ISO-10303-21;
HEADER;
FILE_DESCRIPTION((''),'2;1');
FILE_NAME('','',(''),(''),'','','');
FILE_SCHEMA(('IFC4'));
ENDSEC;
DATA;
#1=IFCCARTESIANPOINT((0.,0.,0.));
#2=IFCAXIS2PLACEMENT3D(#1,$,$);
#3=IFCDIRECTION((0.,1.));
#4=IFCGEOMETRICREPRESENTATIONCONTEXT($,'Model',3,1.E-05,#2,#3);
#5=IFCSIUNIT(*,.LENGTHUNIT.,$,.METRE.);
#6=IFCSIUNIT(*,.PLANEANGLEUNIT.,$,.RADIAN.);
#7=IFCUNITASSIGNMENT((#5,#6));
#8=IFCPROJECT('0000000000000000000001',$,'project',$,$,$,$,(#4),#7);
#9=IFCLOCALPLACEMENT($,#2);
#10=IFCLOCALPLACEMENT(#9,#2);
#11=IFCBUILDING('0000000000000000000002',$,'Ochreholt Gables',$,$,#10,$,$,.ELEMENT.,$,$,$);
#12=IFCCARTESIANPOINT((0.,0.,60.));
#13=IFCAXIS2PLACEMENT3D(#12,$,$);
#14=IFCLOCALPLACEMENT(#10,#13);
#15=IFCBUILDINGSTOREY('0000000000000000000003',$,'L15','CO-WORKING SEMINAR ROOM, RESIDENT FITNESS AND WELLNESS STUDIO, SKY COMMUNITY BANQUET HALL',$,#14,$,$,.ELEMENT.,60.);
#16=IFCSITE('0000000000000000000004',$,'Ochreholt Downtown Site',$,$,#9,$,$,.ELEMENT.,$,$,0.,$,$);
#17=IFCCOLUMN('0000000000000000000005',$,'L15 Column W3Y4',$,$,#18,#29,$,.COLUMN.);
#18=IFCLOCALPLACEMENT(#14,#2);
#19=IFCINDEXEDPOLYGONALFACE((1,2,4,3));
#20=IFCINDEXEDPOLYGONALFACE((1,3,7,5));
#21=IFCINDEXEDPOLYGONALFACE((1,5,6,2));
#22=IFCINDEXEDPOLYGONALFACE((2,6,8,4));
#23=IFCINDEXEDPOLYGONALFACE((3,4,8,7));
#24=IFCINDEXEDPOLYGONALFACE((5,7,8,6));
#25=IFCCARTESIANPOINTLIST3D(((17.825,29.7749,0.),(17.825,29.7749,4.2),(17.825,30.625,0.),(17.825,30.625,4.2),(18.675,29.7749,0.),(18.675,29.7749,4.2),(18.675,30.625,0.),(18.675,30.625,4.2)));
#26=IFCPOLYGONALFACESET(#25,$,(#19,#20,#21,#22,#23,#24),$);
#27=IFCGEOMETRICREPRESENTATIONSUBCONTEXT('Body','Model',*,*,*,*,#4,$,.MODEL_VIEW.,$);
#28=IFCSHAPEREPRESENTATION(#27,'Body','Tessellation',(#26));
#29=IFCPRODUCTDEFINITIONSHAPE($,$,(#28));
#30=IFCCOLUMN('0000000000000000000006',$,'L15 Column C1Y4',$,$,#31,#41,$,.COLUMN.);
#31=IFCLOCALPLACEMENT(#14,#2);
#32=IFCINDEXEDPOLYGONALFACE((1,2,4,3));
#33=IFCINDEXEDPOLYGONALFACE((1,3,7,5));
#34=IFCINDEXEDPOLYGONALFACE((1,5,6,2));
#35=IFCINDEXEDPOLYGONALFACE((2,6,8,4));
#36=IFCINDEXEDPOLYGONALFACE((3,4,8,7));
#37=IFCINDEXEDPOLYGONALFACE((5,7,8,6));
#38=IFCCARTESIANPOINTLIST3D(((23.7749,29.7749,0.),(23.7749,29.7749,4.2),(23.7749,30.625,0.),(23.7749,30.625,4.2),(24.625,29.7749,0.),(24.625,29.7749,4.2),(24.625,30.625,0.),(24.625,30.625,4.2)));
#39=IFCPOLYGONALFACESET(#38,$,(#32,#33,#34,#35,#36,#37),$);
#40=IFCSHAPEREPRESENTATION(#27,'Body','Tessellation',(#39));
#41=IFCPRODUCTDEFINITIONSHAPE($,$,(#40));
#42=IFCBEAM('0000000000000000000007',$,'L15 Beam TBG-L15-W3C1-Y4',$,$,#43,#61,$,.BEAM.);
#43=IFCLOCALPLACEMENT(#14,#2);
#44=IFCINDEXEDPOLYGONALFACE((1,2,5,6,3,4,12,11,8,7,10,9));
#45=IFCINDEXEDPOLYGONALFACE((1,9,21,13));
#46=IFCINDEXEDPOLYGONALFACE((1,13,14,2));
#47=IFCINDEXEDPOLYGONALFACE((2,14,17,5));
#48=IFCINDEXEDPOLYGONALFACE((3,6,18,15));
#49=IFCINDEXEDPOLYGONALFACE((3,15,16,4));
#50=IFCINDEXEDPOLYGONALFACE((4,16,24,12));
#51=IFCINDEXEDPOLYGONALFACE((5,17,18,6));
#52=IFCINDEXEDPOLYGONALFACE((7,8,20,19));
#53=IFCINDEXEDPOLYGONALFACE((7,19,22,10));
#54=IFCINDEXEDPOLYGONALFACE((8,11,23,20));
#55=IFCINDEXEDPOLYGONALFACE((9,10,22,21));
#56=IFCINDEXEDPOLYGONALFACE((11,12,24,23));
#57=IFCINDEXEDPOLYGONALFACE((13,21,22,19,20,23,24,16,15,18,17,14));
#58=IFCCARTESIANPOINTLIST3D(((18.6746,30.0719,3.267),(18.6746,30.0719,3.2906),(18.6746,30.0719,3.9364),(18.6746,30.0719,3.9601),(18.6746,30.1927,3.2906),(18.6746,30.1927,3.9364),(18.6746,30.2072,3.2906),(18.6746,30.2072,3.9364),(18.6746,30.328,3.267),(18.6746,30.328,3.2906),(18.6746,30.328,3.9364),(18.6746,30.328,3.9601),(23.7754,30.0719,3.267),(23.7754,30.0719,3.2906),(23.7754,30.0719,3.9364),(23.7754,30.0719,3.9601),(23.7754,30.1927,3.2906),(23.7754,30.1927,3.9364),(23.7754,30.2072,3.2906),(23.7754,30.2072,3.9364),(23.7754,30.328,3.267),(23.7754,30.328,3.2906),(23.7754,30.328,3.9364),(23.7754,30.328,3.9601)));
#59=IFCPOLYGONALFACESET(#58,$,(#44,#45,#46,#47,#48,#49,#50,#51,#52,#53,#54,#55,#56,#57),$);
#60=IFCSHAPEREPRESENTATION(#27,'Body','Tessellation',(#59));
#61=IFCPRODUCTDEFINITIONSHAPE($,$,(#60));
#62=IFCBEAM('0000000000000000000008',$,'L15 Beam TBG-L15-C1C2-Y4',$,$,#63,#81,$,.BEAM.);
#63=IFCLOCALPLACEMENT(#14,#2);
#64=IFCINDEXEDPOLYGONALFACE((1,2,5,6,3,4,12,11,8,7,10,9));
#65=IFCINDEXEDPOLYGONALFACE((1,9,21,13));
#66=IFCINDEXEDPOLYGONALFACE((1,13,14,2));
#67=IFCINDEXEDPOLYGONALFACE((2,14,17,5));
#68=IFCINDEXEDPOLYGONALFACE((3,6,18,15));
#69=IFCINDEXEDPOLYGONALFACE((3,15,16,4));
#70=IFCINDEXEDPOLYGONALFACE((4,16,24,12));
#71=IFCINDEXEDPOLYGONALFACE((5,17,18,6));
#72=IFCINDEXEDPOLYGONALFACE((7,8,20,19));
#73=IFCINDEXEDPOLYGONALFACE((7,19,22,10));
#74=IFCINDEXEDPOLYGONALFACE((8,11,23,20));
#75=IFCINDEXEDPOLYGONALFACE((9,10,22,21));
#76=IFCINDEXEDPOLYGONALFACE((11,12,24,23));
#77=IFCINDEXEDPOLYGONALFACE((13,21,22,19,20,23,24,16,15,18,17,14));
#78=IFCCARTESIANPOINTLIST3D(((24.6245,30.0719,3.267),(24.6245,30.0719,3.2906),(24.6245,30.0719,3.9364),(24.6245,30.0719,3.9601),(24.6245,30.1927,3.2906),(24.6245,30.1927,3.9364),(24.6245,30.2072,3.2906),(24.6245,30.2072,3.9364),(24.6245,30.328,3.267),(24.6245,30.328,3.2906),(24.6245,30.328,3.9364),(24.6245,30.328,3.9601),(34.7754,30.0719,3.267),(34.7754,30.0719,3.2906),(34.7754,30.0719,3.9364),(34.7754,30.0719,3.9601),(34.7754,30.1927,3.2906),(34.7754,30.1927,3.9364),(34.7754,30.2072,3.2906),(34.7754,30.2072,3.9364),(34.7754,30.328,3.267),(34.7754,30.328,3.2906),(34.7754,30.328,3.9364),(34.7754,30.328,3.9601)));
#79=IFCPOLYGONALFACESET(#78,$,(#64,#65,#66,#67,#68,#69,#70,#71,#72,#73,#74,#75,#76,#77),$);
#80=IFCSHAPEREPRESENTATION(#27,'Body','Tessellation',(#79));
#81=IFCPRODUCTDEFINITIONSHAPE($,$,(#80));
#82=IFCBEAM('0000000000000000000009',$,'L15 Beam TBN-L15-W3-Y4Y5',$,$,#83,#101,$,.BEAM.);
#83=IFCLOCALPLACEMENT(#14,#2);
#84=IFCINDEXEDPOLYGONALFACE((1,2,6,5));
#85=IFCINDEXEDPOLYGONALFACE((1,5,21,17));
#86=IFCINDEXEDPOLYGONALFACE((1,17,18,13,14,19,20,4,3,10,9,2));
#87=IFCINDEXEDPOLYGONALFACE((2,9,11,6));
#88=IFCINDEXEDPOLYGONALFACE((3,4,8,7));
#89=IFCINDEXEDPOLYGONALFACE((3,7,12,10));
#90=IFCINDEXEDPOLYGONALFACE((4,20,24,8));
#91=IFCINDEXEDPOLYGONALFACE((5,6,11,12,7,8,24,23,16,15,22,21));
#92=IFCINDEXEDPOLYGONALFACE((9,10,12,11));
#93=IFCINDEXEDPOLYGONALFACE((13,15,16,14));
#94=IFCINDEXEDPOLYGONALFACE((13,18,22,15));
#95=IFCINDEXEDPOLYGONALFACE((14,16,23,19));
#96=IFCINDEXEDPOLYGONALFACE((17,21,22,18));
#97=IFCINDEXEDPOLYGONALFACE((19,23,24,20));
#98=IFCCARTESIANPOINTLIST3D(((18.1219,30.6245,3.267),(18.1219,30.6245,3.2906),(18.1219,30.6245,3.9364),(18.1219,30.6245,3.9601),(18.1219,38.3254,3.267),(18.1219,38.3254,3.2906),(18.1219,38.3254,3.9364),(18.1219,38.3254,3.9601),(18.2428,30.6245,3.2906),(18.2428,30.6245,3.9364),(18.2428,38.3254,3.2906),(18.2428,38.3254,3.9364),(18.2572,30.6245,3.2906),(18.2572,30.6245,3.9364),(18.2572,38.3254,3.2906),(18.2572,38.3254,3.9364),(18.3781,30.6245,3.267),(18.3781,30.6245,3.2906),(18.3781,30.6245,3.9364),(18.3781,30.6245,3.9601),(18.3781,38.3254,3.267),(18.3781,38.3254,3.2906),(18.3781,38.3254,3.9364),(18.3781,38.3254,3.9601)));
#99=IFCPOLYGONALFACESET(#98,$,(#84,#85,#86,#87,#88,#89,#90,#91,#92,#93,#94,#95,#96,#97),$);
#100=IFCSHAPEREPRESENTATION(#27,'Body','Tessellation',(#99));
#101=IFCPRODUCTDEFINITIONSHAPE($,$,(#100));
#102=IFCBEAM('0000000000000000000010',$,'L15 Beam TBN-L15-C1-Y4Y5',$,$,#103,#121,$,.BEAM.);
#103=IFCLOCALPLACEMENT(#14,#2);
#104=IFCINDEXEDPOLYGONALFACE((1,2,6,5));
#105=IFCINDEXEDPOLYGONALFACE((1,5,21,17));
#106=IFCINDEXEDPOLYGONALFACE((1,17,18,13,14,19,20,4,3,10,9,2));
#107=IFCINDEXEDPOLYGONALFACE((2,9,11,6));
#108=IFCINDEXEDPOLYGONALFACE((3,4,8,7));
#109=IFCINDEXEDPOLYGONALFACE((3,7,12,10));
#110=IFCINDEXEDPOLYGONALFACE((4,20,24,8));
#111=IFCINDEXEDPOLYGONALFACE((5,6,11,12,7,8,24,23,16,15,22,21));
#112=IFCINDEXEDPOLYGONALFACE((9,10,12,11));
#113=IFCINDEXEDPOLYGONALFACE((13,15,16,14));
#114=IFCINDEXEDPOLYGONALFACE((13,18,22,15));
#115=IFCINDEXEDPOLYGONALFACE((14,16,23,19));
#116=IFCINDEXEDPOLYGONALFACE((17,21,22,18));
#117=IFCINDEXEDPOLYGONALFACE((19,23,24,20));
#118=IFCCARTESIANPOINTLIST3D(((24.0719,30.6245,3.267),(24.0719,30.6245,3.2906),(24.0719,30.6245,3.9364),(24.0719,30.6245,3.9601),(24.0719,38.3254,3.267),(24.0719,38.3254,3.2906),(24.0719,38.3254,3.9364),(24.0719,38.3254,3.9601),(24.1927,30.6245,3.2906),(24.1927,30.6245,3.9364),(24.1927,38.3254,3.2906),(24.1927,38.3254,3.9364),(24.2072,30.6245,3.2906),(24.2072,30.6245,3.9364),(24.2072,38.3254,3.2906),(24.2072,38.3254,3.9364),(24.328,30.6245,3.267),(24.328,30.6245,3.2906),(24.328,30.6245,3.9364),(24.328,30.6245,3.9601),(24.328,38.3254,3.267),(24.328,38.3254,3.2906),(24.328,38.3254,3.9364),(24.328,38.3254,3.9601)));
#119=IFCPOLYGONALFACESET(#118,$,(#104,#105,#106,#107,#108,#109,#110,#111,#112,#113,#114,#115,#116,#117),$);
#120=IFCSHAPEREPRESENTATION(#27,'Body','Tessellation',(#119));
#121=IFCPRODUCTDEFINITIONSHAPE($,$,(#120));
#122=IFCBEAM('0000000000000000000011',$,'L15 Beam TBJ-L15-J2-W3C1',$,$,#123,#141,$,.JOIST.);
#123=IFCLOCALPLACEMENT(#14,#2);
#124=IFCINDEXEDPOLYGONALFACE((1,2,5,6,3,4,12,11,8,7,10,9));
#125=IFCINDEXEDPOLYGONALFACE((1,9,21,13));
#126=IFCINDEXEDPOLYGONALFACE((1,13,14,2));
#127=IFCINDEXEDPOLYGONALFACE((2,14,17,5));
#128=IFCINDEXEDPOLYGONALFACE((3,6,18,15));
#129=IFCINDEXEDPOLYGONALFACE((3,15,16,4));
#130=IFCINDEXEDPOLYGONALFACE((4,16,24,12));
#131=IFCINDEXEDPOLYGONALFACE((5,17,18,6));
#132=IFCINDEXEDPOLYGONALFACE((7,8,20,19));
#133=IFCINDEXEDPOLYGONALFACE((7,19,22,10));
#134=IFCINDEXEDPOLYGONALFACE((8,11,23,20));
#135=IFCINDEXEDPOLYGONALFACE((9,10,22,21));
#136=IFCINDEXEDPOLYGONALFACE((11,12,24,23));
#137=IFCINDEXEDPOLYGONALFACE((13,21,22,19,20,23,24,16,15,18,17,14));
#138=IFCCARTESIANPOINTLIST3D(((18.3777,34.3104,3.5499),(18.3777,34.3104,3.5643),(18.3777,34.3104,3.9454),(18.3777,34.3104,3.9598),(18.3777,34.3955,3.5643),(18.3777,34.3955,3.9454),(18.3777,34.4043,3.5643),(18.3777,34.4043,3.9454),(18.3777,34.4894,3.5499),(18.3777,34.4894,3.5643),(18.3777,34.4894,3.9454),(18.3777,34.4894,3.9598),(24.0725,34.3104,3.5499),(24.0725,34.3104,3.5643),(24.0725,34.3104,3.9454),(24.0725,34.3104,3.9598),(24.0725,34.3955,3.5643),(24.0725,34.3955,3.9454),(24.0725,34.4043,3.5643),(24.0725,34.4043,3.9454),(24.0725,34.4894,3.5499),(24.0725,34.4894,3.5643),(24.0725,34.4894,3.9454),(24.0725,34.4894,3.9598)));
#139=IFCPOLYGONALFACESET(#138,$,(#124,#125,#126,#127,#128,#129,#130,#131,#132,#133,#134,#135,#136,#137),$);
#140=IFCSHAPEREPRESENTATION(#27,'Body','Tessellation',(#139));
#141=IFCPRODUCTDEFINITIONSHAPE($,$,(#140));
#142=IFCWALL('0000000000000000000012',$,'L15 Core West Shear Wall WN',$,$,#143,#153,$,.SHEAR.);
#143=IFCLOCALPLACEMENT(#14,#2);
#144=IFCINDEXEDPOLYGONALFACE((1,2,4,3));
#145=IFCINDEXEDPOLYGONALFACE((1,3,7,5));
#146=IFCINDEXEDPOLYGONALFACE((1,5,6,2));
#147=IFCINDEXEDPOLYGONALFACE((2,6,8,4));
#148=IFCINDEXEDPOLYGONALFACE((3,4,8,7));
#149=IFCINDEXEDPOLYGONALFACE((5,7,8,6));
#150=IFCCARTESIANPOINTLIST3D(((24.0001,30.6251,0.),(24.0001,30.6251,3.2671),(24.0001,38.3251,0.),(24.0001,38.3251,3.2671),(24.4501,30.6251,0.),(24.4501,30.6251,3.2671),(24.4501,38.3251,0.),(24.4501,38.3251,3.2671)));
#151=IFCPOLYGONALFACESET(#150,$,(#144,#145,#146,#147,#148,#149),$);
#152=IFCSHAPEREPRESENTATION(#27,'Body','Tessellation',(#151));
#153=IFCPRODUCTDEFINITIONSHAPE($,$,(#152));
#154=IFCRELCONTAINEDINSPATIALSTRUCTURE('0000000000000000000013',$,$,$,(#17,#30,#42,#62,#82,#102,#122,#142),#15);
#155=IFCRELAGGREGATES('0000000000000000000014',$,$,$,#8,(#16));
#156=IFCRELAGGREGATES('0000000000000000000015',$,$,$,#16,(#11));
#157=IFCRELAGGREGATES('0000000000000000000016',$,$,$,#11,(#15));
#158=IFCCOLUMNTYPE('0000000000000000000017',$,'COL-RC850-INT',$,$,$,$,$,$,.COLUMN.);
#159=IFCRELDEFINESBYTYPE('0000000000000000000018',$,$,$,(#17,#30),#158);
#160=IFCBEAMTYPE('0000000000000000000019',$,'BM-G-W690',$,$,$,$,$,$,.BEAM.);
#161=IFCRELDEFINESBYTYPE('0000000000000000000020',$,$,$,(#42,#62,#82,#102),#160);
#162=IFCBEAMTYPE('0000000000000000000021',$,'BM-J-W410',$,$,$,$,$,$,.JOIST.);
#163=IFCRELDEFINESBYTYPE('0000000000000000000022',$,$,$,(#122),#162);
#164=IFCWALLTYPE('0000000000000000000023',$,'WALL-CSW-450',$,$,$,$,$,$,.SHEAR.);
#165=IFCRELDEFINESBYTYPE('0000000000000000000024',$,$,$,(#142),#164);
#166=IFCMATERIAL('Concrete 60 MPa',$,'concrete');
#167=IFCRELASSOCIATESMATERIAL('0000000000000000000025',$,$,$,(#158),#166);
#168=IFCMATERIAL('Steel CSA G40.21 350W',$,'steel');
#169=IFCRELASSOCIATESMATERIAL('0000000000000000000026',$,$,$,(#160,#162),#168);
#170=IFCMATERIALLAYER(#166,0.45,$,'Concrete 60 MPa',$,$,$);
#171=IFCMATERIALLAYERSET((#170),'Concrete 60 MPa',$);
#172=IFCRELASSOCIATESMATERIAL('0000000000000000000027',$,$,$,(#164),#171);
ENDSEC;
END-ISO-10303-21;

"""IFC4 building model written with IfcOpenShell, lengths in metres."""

from ifc_helpers import new_model, si_unit, direction, frame, frame_2d, origin, origin_2d, place, context, subcontext, project, spatial, rectangle, i_section, extrude, material, layer, layer_set, material_profile, profile_set, type_object, element, save


model = new_model("IFC4")

# Units and contexts
model_context = context("Model", 3, precision=1e-05, world=origin(), true_north=direction((0.0, 1.0)))
body_context = subcontext(model_context, "Body", "Model", "MODEL_VIEW")
ifc_project = project(units=[si_unit("LENGTHUNIT", "METRE"), si_unit("PLANEANGLEUNIT", "RADIAN")], contexts=[model_context])

# Site, building, storey
site_placement = place(None, origin())
site = spatial("IfcSite", under=ifc_project, at=site_placement, Name="Ochreholt Downtown Site", CompositionType="ELEMENT", RefElevation=0.0)
building_placement = place(site_placement, origin())
building = spatial("IfcBuilding", under=site, at=building_placement, Name="Ochreholt Gables", CompositionType="ELEMENT")
storey_placement = place(building_placement, frame((0.0, 0.0, 60.0)))
storey = spatial("IfcBuildingStorey", under=building, at=storey_placement, Name="L15", Description="CO-WORKING SEMINAR ROOM, RESIDENT FITNESS AND WELLNESS STUDIO, SKY COMMUNITY BANQUET HALL", CompositionType="ELEMENT", Elevation=60.0)

# Columns
ifc_material_1 = material(Name="Concrete 60 MPa", Category="concrete")
ifc_material_profile_1 = material_profile(ifc_material_1, rectangle(XDim=0.8501, YDim=0.8501, at=origin_2d()), Name="RC850X850")
ifc_profile_set_1 = profile_set([ifc_material_profile_1], Name="Concrete 60 MPa")
column_type = type_object("IfcColumnType", Name="COL-RC850-INT", PredefinedType="COLUMN", material=ifc_profile_set_1)
for number, where, z_axis, x_axis, name in (
    (1, (18.25, 30.2, 0.0), (0.0, 0.0, 1.0), (1.0, 0.0, 0.0), "L15 Column W3Y4"),
    (2, (24.2, 30.2, 0.0), (0.0, 0.0, 1.0), (1.0, 0.0, 0.0), "L15 Column C1Y4"),
):
    element("IfcColumn", number, at=place(storey_placement, frame(where, z_axis=z_axis, x_axis=x_axis)), inside=storey, type_object=column_type, Name=name, PredefinedType="COLUMN", context=body_context, shape_type="SweptSolid", body=[
        extrude(rectangle(XDim=0.8501, YDim=0.8501, at=origin_2d()), origin(), (0.0, 0.0, 1.0), 4.2),
    ])

# Beams
ifc_material_2 = material(Name="Steel CSA G40.21 350W", Category="steel")
ifc_material_profile_2 = material_profile(ifc_material_2, i_section(OverallWidth=0.2561, OverallDepth=0.6931, WebThickness=0.0144, FlangeThickness=0.0237, at=origin_2d()), Name="W690X170")
ifc_profile_set_2 = profile_set([ifc_material_profile_2], Name="Steel CSA G40.21 350W")
beam_type_1 = type_object("IfcBeamType", Name="BM-G-W690", PredefinedType="BEAM", material=ifc_profile_set_2)
beam_1_placement = place(storey_placement, frame((18.6746, 30.2, 3.6135), z_axis=(1.0, 0.0, 0.0), x_axis=(0.0, 1.0, 0.0)))
element("IfcBeam", 3, at=beam_1_placement, inside=storey, type_object=beam_type_1, Name="L15 Beam TBG-L15-W3C1-Y4", PredefinedType="BEAM", context=body_context, shape_type="SweptSolid", body=[
    extrude(i_section(OverallWidth=0.2561, OverallDepth=0.6931, WebThickness=0.0144, FlangeThickness=0.0237, at=origin_2d()), origin(), (0.0, 0.0, 1.0), 5.1008),
])
beam_2_placement = place(storey_placement, frame((24.6245, 30.2, 3.6135), z_axis=(1.0, 0.0, 0.0), x_axis=(0.0, 1.0, 0.0)))
element("IfcBeam", 4, at=beam_2_placement, inside=storey, type_object=beam_type_1, Name="L15 Beam TBG-L15-C1C2-Y4", PredefinedType="BEAM", context=body_context, shape_type="SweptSolid", body=[
    extrude(i_section(OverallWidth=0.2561, OverallDepth=0.6931, WebThickness=0.0144, FlangeThickness=0.0237, at=origin_2d()), origin(), (0.0, 0.0, 1.0), 10.1509),
])
for number, where, z_axis, x_axis, name in (
    (5, (18.25, 30.6245, 3.6135), (0.0, 1.0, 0.0), (-1.0, 0.0, 0.0), "L15 Beam TBN-L15-W3-Y4Y5"),
    (6, (24.2, 30.6245, 3.6135), (0.0, 1.0, 0.0), (-1.0, 0.0, 0.0), "L15 Beam TBN-L15-C1-Y4Y5"),
):
    element("IfcBeam", number, at=place(storey_placement, frame(where, z_axis=z_axis, x_axis=x_axis)), inside=storey, type_object=beam_type_1, Name=name, PredefinedType="BEAM", context=body_context, shape_type="SweptSolid", body=[
        extrude(i_section(OverallWidth=0.2561, OverallDepth=0.6931, WebThickness=0.0144, FlangeThickness=0.0237, at=origin_2d()), origin(), (0.0, 0.0, 1.0), 7.7009),
    ])
ifc_material_profile_3 = material_profile(ifc_material_2, i_section(OverallWidth=0.179, OverallDepth=0.4099, WebThickness=0.0088, FlangeThickness=0.0144, at=origin_2d()), Name="W410X67")
ifc_profile_set_3 = profile_set([ifc_material_profile_3], Name="Steel CSA G40.21 350W")
beam_type_2 = type_object("IfcBeamType", Name="BM-J-W410", PredefinedType="JOIST", material=ifc_profile_set_3)
beam_3_placement = place(storey_placement, frame((18.3777, 34.3999, 3.7549), z_axis=(1.0, 0.0, 0.0), x_axis=(0.0, 1.0, 0.0)))
element("IfcBeam", 7, at=beam_3_placement, inside=storey, type_object=beam_type_2, Name="L15 Beam TBJ-L15-J2-W3C1", PredefinedType="JOIST", context=body_context, shape_type="SweptSolid", body=[
    extrude(i_section(OverallWidth=0.179, OverallDepth=0.4099, WebThickness=0.0088, FlangeThickness=0.0144, at=origin_2d()), origin(), (0.0, 0.0, 1.0), 5.6948),
])

# Wall
ifc_layer_1 = layer(ifc_material_1, 0.45, Name="Concrete 60 MPa")
ifc_layer_set_1 = layer_set([ifc_layer_1], Name="Concrete 60 MPa")
wall_type_1 = type_object("IfcWallType", Name="WALL-CSW-450", PredefinedType="SHEAR", material=ifc_layer_set_1)
wall_1_placement = place(storey_placement, frame((24.2251, 30.625, 0.0), z_axis=(0.0, 0.0, 1.0), x_axis=(0.0, 1.0, 0.0)))
element("IfcWall", 8, at=wall_1_placement, inside=storey, type_object=wall_type_1, Name="L15 Core West Shear Wall WN", PredefinedType="SHEAR", context=body_context, shape_type="SweptSolid", body=[
    extrude(rectangle(XDim=7.7, YDim=0.45, at=frame_2d((3.8501, 0.0))), origin(), (0.0, 0.0, 1.0), 3.2671),
])

save(model, "model.ifc")
